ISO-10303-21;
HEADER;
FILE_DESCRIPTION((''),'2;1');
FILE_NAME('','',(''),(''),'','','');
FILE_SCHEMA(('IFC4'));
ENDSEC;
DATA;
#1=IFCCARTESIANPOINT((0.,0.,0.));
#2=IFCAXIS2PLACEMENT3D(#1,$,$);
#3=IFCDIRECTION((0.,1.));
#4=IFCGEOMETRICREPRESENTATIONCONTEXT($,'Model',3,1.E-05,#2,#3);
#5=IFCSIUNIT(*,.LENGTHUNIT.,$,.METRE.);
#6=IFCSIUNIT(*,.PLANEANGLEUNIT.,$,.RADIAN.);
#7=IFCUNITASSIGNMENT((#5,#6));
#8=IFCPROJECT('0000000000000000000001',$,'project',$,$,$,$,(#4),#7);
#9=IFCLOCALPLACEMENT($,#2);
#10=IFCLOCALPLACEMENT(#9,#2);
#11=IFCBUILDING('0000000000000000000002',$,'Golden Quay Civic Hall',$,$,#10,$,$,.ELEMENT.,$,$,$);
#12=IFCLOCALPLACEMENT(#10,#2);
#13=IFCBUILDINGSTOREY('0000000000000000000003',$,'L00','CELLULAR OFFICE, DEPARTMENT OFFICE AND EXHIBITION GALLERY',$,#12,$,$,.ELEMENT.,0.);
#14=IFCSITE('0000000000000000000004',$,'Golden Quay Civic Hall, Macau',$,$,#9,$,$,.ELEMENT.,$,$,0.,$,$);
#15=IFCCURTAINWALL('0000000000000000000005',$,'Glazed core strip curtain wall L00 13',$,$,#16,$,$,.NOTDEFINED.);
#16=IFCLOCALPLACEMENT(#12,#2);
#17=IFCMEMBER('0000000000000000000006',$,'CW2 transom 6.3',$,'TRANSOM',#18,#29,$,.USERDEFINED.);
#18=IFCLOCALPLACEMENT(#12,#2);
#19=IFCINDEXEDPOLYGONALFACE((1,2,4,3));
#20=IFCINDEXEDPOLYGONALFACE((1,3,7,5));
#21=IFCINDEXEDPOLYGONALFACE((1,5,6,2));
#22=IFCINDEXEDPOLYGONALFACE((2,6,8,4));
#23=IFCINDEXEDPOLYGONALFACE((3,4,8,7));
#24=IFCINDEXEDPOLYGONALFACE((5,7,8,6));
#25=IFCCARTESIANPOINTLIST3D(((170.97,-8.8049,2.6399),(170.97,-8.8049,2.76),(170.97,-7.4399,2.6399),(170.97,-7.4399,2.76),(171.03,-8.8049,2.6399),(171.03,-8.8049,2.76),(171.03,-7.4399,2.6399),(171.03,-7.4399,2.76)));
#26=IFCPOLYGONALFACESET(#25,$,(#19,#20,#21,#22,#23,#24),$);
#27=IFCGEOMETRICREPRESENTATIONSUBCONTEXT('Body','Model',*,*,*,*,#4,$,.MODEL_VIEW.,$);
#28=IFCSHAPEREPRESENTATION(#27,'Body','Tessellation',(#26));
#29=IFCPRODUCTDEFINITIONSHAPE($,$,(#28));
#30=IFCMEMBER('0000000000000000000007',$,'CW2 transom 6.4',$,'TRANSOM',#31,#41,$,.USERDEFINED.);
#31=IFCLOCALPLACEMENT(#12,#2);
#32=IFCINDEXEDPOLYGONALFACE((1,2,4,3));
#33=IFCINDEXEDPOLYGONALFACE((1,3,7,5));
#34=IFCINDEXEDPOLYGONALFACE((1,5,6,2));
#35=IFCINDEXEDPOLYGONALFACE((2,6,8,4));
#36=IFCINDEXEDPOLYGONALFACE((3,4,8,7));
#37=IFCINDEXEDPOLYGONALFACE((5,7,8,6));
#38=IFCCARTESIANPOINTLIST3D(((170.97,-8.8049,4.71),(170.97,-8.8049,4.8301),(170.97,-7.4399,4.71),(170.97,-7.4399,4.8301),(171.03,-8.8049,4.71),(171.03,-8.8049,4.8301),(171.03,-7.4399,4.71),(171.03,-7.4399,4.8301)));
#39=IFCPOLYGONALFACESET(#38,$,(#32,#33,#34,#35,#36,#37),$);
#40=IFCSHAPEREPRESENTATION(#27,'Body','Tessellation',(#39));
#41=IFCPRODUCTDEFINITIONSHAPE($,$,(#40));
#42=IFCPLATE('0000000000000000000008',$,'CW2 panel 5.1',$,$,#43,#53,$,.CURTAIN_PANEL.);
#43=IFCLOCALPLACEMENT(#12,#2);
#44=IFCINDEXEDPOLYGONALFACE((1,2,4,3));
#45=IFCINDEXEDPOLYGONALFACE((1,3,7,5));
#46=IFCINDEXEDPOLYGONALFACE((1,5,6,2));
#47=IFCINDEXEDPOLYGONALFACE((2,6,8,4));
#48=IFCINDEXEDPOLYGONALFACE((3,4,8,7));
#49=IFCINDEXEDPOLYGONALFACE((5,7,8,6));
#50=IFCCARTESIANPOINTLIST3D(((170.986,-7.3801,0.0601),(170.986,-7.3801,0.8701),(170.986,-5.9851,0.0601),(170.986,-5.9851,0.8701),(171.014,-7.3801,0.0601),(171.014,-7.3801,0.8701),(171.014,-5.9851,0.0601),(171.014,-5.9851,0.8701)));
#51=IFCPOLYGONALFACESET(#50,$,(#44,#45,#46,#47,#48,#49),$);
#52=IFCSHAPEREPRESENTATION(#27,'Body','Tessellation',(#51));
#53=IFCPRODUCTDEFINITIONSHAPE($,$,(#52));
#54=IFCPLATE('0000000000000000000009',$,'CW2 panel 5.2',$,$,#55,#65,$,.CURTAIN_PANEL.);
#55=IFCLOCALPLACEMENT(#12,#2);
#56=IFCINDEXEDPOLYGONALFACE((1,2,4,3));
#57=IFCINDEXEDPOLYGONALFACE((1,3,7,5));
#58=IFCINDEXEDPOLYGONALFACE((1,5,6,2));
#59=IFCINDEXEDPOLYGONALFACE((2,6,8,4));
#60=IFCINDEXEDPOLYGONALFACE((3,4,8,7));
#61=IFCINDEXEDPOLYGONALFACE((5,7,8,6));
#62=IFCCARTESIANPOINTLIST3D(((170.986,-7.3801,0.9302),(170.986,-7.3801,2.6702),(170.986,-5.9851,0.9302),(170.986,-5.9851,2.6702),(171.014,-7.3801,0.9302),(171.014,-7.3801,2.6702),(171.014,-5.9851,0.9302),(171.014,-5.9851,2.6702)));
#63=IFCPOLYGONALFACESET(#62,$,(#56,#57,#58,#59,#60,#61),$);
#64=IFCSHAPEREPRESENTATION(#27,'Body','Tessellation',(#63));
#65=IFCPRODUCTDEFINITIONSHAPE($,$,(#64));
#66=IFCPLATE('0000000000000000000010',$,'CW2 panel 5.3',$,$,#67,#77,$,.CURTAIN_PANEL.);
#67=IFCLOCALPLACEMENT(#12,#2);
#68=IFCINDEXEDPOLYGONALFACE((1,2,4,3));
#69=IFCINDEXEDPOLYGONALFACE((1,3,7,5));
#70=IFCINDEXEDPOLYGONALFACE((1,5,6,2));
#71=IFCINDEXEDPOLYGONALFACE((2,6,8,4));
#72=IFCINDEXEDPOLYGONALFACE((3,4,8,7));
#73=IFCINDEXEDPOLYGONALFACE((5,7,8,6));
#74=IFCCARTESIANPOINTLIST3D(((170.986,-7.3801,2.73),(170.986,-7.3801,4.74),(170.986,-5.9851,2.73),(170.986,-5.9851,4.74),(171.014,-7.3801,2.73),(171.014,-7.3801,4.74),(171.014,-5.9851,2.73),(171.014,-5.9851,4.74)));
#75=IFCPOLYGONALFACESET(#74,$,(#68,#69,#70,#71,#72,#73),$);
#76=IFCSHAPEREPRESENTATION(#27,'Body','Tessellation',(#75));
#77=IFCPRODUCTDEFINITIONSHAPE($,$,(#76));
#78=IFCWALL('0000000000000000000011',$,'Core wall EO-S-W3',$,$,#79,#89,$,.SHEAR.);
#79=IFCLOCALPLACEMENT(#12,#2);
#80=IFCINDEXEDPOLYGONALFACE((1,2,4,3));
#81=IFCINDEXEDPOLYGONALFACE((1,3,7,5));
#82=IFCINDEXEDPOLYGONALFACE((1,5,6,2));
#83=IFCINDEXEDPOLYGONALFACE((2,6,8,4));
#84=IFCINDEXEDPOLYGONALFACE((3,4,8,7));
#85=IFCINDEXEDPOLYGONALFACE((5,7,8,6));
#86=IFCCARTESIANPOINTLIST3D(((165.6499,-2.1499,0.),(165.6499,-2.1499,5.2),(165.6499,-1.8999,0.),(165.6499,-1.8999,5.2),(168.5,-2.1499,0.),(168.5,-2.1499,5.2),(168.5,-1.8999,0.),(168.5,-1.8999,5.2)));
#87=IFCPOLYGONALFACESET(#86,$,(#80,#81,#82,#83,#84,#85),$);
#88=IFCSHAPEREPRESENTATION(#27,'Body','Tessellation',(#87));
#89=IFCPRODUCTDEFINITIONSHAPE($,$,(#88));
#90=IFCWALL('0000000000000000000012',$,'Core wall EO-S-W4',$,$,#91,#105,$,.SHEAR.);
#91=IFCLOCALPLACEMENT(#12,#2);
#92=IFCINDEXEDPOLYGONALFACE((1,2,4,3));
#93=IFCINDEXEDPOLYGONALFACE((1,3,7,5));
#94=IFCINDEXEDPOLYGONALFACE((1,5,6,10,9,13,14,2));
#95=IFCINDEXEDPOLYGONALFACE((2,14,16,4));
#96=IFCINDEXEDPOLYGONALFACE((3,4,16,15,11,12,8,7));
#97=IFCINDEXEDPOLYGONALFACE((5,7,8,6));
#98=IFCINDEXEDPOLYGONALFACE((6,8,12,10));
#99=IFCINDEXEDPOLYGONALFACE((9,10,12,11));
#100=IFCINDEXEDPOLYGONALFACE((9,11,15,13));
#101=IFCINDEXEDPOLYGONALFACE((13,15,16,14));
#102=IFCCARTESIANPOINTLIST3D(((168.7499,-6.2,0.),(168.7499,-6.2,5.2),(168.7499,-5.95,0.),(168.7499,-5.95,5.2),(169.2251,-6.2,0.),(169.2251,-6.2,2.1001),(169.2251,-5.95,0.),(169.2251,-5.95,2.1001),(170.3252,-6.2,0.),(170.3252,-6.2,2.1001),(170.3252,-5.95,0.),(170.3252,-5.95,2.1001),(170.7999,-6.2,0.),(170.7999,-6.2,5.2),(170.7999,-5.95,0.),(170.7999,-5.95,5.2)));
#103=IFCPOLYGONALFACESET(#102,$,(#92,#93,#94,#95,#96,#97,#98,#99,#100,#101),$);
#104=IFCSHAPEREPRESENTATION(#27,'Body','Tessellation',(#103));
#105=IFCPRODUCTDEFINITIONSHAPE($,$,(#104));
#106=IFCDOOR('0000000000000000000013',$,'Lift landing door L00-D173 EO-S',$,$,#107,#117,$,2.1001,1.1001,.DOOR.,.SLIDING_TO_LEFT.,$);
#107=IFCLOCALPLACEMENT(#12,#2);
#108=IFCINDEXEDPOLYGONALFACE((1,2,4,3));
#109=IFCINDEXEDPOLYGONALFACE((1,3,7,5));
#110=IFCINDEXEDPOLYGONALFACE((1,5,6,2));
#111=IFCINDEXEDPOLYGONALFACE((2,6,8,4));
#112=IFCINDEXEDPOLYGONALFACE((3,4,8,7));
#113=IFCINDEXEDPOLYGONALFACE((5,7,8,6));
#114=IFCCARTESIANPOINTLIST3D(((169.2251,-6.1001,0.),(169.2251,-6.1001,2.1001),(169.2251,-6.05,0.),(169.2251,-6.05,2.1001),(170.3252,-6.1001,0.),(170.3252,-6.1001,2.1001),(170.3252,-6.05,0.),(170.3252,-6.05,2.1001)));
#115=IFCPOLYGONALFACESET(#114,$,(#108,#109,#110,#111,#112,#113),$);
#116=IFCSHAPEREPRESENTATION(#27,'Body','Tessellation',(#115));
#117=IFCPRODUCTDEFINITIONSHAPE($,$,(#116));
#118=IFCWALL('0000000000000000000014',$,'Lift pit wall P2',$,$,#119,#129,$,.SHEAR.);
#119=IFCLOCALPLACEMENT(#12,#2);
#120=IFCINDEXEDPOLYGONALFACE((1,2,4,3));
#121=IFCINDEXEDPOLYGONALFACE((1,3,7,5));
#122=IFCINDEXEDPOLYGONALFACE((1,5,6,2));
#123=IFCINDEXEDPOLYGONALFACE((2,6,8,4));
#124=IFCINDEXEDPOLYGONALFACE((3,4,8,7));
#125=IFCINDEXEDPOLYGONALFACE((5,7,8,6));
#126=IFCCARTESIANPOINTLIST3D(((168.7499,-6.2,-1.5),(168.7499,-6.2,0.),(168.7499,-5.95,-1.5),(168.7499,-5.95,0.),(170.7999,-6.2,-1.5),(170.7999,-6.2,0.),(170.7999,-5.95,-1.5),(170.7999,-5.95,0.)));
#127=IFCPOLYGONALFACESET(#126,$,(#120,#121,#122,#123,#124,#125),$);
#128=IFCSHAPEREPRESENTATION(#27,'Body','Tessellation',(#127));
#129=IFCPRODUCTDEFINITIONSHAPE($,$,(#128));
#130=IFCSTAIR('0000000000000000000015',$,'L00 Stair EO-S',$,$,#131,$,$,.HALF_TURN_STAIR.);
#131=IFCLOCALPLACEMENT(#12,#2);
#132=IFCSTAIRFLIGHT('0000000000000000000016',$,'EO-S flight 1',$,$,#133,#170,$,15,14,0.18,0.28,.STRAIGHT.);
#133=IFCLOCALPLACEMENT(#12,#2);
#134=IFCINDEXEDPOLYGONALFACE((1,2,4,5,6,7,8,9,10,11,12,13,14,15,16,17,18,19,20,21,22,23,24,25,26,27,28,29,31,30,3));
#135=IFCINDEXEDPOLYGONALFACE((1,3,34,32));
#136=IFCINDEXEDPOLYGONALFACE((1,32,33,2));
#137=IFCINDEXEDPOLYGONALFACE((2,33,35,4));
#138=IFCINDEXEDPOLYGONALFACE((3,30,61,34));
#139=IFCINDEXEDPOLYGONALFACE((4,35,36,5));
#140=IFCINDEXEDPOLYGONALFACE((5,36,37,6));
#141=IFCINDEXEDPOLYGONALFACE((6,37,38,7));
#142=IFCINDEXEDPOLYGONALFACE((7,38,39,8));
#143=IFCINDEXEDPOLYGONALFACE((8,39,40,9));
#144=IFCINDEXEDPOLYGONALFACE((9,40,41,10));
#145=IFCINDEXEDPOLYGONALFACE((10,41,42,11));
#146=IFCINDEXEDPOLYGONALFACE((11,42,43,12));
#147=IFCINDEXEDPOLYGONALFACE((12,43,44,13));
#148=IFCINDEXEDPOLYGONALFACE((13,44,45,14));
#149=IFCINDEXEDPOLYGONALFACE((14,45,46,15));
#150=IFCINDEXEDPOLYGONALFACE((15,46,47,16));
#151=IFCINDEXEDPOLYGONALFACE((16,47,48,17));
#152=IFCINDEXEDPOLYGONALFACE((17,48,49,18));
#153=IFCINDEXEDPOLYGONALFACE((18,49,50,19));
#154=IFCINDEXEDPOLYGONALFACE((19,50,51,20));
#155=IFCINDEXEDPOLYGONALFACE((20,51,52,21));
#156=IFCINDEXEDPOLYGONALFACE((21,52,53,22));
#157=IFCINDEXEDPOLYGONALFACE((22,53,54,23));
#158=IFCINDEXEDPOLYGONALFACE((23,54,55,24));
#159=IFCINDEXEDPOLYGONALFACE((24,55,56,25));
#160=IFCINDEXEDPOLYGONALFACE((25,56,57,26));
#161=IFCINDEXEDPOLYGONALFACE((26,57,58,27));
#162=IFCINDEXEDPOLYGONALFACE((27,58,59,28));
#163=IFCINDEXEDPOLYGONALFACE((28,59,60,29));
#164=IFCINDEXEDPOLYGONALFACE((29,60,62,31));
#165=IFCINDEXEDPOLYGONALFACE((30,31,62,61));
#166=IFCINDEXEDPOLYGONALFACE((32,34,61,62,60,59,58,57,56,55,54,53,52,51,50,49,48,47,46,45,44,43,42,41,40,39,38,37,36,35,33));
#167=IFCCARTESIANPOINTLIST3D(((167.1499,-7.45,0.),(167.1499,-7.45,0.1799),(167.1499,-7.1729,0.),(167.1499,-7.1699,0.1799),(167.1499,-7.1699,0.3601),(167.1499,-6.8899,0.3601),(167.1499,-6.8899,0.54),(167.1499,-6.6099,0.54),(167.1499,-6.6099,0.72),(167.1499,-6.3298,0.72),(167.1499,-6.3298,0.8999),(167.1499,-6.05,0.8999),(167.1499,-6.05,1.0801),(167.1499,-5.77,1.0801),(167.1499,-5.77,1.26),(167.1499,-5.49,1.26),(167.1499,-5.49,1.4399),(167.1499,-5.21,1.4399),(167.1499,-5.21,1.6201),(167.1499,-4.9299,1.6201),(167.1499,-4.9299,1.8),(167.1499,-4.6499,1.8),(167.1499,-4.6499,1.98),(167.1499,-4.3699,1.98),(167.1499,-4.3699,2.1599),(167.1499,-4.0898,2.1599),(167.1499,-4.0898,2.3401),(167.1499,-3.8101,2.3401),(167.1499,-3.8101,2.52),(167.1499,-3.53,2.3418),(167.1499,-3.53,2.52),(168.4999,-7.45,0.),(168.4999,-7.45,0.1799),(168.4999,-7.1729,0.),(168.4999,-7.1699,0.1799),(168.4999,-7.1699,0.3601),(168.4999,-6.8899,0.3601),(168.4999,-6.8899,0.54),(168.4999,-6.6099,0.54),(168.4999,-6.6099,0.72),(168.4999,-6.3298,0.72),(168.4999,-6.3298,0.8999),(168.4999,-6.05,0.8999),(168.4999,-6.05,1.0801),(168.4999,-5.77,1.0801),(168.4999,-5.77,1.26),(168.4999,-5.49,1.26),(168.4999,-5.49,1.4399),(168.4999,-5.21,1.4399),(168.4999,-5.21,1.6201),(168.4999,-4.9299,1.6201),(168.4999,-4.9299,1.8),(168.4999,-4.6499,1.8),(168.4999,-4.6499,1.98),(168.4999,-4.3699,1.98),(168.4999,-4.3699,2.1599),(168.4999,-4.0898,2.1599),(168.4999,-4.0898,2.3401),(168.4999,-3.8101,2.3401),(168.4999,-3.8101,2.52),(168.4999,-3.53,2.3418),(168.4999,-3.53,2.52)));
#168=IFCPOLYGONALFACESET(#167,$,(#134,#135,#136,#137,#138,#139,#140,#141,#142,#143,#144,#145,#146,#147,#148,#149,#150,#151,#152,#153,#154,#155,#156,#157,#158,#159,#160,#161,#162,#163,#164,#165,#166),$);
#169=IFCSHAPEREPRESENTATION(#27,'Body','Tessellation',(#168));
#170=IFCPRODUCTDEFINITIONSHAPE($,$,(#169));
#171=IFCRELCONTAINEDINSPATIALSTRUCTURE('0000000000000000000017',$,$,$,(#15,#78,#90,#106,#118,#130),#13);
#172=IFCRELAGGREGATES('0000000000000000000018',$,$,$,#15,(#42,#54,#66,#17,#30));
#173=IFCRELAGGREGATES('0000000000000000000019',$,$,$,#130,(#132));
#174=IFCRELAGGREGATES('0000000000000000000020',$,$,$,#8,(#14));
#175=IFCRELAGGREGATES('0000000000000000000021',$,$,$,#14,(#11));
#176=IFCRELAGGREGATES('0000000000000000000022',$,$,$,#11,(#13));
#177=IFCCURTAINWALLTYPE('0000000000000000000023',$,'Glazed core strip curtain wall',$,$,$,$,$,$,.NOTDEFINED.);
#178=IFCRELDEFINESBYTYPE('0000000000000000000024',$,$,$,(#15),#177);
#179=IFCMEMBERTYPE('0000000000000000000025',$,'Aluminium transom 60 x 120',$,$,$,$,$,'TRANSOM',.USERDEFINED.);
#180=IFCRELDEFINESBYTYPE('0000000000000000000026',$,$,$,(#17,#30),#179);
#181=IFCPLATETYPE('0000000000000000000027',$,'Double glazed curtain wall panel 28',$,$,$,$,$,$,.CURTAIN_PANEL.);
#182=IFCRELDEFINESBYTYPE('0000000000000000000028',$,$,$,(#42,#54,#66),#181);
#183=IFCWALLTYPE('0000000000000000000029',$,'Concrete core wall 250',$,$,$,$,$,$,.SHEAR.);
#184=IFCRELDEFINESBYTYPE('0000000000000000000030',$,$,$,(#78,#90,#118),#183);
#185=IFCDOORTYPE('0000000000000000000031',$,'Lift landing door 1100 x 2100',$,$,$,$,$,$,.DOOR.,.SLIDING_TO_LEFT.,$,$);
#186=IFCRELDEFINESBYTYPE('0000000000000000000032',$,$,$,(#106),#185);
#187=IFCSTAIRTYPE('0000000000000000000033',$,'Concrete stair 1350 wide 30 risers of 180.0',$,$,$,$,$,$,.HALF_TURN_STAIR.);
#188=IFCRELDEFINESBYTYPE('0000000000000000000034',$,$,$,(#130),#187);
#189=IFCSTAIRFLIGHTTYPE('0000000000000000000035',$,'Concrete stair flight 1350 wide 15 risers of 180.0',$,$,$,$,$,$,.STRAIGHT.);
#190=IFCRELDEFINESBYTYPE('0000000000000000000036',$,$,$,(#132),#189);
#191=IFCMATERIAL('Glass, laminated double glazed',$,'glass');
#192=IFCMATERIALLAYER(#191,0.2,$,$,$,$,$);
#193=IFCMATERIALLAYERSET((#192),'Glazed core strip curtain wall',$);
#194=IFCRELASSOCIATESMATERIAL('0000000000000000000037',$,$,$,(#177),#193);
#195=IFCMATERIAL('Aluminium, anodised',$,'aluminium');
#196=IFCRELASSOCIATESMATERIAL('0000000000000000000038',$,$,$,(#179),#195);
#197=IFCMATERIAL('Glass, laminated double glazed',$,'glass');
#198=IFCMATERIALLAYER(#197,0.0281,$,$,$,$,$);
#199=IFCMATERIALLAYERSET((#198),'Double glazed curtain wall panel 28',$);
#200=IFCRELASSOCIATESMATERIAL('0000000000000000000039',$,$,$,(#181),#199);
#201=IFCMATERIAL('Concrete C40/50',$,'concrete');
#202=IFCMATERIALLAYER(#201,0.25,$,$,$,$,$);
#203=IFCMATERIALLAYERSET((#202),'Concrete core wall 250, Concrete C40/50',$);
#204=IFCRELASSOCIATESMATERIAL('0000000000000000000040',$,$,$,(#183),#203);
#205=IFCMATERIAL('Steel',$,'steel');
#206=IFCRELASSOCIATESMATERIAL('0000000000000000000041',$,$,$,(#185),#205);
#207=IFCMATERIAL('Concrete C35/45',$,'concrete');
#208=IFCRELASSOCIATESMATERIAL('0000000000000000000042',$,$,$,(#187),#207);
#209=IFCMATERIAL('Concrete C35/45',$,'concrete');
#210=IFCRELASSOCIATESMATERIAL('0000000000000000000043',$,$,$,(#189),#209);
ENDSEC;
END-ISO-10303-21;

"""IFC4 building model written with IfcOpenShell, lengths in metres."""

from ifc_helpers import new_model, si_unit, direction, frame, frame_2d, origin, origin_2d, place, context, subcontext, project, spatial, polyline, rectangle, outline, extrude, material, layer, layer_set, material_profile, profile_set, type_object, element, fill, aggregate, save


model = new_model("IFC4")

# Units and contexts
model_context = context("Model", 3, precision=1e-05, world=origin(), true_north=direction((0.0, 1.0)))
body_context = subcontext(model_context, "Body", "Model", "MODEL_VIEW")
ifc_project = project(units=[si_unit("LENGTHUNIT", "METRE"), si_unit("PLANEANGLEUNIT", "RADIAN")], contexts=[model_context])

# Site, building, storey
site_placement = place(None, origin())
site = spatial("IfcSite", under=ifc_project, at=site_placement, Name="Golden Quay Civic Hall, Macau", CompositionType="ELEMENT", RefElevation=0.0)
building_placement = place(site_placement, origin())
building = spatial("IfcBuilding", under=site, at=building_placement, Name="Golden Quay Civic Hall", CompositionType="ELEMENT")
storey_placement = place(building_placement, origin())
storey = spatial("IfcBuildingStorey", under=building, at=storey_placement, Name="L00", Description="CELLULAR OFFICE, DEPARTMENT OFFICE AND EXHIBITION GALLERY", CompositionType="ELEMENT", Elevation=0.0)

# Curtain wall, members, plates
ifc_material_1 = material(Name="Glass, laminated double glazed", Category="glass")
ifc_layer_1 = layer(ifc_material_1, 0.2)
ifc_layer_set_1 = layer_set([ifc_layer_1], Name="Glazed core strip curtain wall")
curtain_wall_type = type_object("IfcCurtainWallType", Name="Glazed core strip curtain wall", PredefinedType="NOTDEFINED", material=ifc_layer_set_1)
curtain_wall_placement = place(storey_placement, origin())
curtain_wall = element("IfcCurtainWall", 1, at=curtain_wall_placement, inside=storey, type_object=curtain_wall_type, Name="Glazed core strip curtain wall L00 13", PredefinedType="NOTDEFINED")
ifc_material_2 = material(Name="Aluminium, anodised", Category="aluminium")
ifc_material_profile_1 = material_profile(ifc_material_2, rectangle(XDim=0.0601, YDim=0.1201, at=origin_2d()), Name="Aluminium 60 x 120")
ifc_profile_set_1 = profile_set([ifc_material_profile_1], Name="Aluminium, anodised")
member_type_1 = type_object("IfcMemberType", Name="Aluminium transom 60 x 120", ElementType="TRANSOM", PredefinedType="USERDEFINED", material=ifc_profile_set_1)
member_1_placement = place(storey_placement, frame((171.0, -7.4399, 2.7), z_axis=(0.0, -1.0, 0.0), x_axis=(1.0, 0.0, 0.0)))
member_1 = element("IfcMember", 2, at=member_1_placement, type_object=member_type_1, Name="CW2 transom 6.3", ObjectType="TRANSOM", PredefinedType="USERDEFINED", context=body_context, shape_type="SweptSolid", body=[
    extrude(rectangle(XDim=0.0601, YDim=0.1201, at=origin_2d()), origin(), (0.0, 0.0, 1.0), 1.365),
])
member_2_placement = place(storey_placement, frame((171.0, -7.4399, 4.77), z_axis=(0.0, -1.0, 0.0), x_axis=(1.0, 0.0, 0.0)))
member_2 = element("IfcMember", 3, at=member_2_placement, type_object=member_type_1, Name="CW2 transom 6.4", ObjectType="TRANSOM", PredefinedType="USERDEFINED", context=body_context, shape_type="SweptSolid", body=[
    extrude(rectangle(XDim=0.0601, YDim=0.1201, at=origin_2d()), origin(), (0.0, 0.0, 1.0), 1.365),
])
ifc_material_3 = material(Name="Glass, laminated double glazed", Category="glass")
ifc_layer_2 = layer(ifc_material_3, 0.0281)
ifc_layer_set_2 = layer_set([ifc_layer_2], Name="Double glazed curtain wall panel 28")
plate_type = type_object("IfcPlateType", Name="Double glazed curtain wall panel 28", PredefinedType="CURTAIN_PANEL", material=ifc_layer_set_2)
plate_1_placement = place(storey_placement, frame((171.0, -6.6826, 0.0601), z_axis=(0.0, 0.0, 1.0), x_axis=(0.0, -1.0, 0.0)))
plate_1 = element("IfcPlate", 4, at=plate_1_placement, type_object=plate_type, Name="CW2 panel 5.1", PredefinedType="CURTAIN_PANEL", context=body_context, shape_type="SweptSolid", body=[
    extrude(rectangle(XDim=1.395, YDim=0.0281, at=origin_2d()), origin(), (0.0, 0.0, 1.0), 0.8101),
])
plate_2_placement = place(storey_placement, frame((171.0, -6.6826, 0.9302), z_axis=(0.0, 0.0, 1.0), x_axis=(0.0, -1.0, 0.0)))
plate_2 = element("IfcPlate", 5, at=plate_2_placement, type_object=plate_type, Name="CW2 panel 5.2", PredefinedType="CURTAIN_PANEL", context=body_context, shape_type="SweptSolid", body=[
    extrude(rectangle(XDim=1.395, YDim=0.0281, at=origin_2d()), origin(), (0.0, 0.0, 1.0), 1.74),
])
plate_3_placement = place(storey_placement, frame((171.0, -6.6826, 2.73), z_axis=(0.0, 0.0, 1.0), x_axis=(0.0, -1.0, 0.0)))
plate_3 = element("IfcPlate", 6, at=plate_3_placement, type_object=plate_type, Name="CW2 panel 5.3", PredefinedType="CURTAIN_PANEL", context=body_context, shape_type="SweptSolid", body=[
    extrude(rectangle(XDim=1.395, YDim=0.0281, at=origin_2d()), origin(), (0.0, 0.0, 1.0), 2.01),
])
aggregate(curtain_wall, [plate_1, plate_2, plate_3, member_1, member_2])

# Wall
ifc_material_4 = material(Name="Concrete C40/50", Category="concrete")
ifc_layer_3 = layer(ifc_material_4, 0.25)
ifc_layer_set_3 = layer_set([ifc_layer_3], Name="Concrete core wall 250, Concrete C40/50")
wall_type = type_object("IfcWallType", Name="Concrete core wall 250", PredefinedType="SHEAR", material=ifc_layer_set_3)
wall_1_placement = place(storey_placement, frame((165.6499, -2.0249, 0.0), z_axis=(0.0, 0.0, 1.0), x_axis=(1.0, 0.0, 0.0)))
element("IfcWall", 7, at=wall_1_placement, inside=storey, type_object=wall_type, Name="Core wall EO-S-W3", PredefinedType="SHEAR", context=body_context, shape_type="SweptSolid", body=[
    extrude(rectangle(XDim=2.8501, YDim=0.25, at=frame_2d((1.425, 0.0))), origin(), (0.0, 0.0, 1.0), 5.2),
])

# Wall, opening, door
wall_2_placement = place(storey_placement, frame((168.75, -6.075, 0.0), z_axis=(0.0, 0.0, 1.0), x_axis=(1.0, 0.0, 0.0)))
wall_2 = element("IfcWall", 8, at=wall_2_placement, inside=storey, type_object=wall_type, Name="Core wall EO-S-W4", PredefinedType="SHEAR", context=body_context, shape_type="SweptSolid", body=[
    extrude(rectangle(XDim=2.05, YDim=0.25, at=frame_2d((1.0249, 0.0))), origin(), (0.0, 0.0, 1.0), 5.2),
])
opening_placement = place(wall_2_placement, frame((0.4751, 0.0, 0.0)))
opening = element("IfcOpeningElement", 9, at=opening_placement, cuts=wall_2, PredefinedType="OPENING", context=body_context, shape_type="SweptSolid", body=[
    extrude(rectangle(XDim=1.1001, YDim=2.1001, at=frame_2d((0.55, 1.05))), frame((0.0, 0.135, 0.0), z_axis=(0.0, -1.0, 0.0), x_axis=(1.0, 0.0, 0.0)), (0.0, 0.0, 1.0), 0.27),
])
ifc_material_5 = material(Name="Steel", Category="steel")
door_type = type_object("IfcDoorType", Name="Lift landing door 1100 x 2100", OperationType="SLIDING_TO_LEFT", PredefinedType="DOOR", material=ifc_material_5)
door_placement = place(opening_placement, origin())
door = element("IfcDoor", 10, at=door_placement, inside=storey, type_object=door_type, Name="Lift landing door L00-D173 EO-S", OperationType="SLIDING_TO_LEFT", OverallHeight=2.1001, OverallWidth=1.1001, PredefinedType="DOOR", context=body_context, shape_type="SweptSolid", body=[
    extrude(rectangle(XDim=1.1001, YDim=2.1001, at=frame_2d((0.55, 1.05))), frame((0.0, 0.0249, 0.0), z_axis=(0.0, -1.0, 0.0), x_axis=(1.0, 0.0, 0.0)), (0.0, 0.0, 1.0), 0.05),
])
fill(opening, door)

# Wall
wall_3_placement = place(storey_placement, frame((168.75, -6.075, -1.5), z_axis=(0.0, 0.0, 1.0), x_axis=(1.0, 0.0, 0.0)))
element("IfcWall", 11, at=wall_3_placement, inside=storey, type_object=wall_type, Name="Lift pit wall P2", PredefinedType="SHEAR", context=body_context, shape_type="SweptSolid", body=[
    extrude(rectangle(XDim=2.05, YDim=0.25, at=frame_2d((1.0249, 0.0))), origin(), (0.0, 0.0, 1.0), 1.5),
])

# Stair, stair flight
ifc_material_6 = material(Name="Concrete C35/45", Category="concrete")
stair_type = type_object("IfcStairType", Name="Concrete stair 1350 wide 30 risers of 180.0", PredefinedType="HALF_TURN_STAIR", material=ifc_material_6)
stair_placement = place(storey_placement, origin())
stair = element("IfcStair", 12, at=stair_placement, inside=storey, type_object=stair_type, Name="L00 Stair EO-S", PredefinedType="HALF_TURN_STAIR")
ifc_material_7 = material(Name="Concrete C35/45", Category="concrete")
stair_flight_type = type_object("IfcStairFlightType", Name="Concrete stair flight 1350 wide 15 risers of 180.0", PredefinedType="STRAIGHT", material=ifc_material_7)
stair_flight_1_placement = place(storey_placement, frame((167.825, -7.45, 0.0), z_axis=(0.0, 0.0, 1.0), x_axis=(0.0, 1.0, 0.0)))
stair_flight_1 = element("IfcStairFlight", 13, at=stair_flight_1_placement, type_object=stair_flight_type, Name="EO-S flight 1", NumberOfRisers=15, NumberOfTreads=14, PredefinedType="STRAIGHT", RiserHeight=0.18, TreadLength=0.28, context=body_context, shape_type="SweptSolid", body=[
    extrude(outline(polyline([(0.0, 0.0), (0.0, 0.1799), (0.28, 0.1799), (0.28, 0.3601), (0.5601, 0.3601), (0.5601, 0.54), (0.8401, 0.54), (0.8401, 0.72), (1.1201, 0.72), (1.1201, 0.8999), (1.3999, 0.8999), (1.3999, 1.0801), (1.6799, 1.0801), (1.6799, 1.26), (1.96, 1.26), (1.96, 1.4399), (2.24, 1.4399), (2.24, 1.6201), (2.52, 1.6201), (2.52, 1.8), (2.8, 1.8), (2.8, 1.98), (3.0801, 1.98), (3.0801, 2.1599), (3.3601, 2.1599), (3.3601, 2.3401), (3.6399, 2.3401), (3.6399, 2.52), (3.9199, 2.52), (3.9199, 2.7), (3.9199, 2.3418), (0.2771, 0.0), (0.0, 0.0)])), frame((0.0, 0.675, 0.0), z_axis=(0.0, -1.0, 0.0), x_axis=(1.0, 0.0, 0.0)), (0.0, 0.0, 1.0), 1.35),
])
aggregate(stair, [stair_flight_1])

save(model, "model.ifc")
